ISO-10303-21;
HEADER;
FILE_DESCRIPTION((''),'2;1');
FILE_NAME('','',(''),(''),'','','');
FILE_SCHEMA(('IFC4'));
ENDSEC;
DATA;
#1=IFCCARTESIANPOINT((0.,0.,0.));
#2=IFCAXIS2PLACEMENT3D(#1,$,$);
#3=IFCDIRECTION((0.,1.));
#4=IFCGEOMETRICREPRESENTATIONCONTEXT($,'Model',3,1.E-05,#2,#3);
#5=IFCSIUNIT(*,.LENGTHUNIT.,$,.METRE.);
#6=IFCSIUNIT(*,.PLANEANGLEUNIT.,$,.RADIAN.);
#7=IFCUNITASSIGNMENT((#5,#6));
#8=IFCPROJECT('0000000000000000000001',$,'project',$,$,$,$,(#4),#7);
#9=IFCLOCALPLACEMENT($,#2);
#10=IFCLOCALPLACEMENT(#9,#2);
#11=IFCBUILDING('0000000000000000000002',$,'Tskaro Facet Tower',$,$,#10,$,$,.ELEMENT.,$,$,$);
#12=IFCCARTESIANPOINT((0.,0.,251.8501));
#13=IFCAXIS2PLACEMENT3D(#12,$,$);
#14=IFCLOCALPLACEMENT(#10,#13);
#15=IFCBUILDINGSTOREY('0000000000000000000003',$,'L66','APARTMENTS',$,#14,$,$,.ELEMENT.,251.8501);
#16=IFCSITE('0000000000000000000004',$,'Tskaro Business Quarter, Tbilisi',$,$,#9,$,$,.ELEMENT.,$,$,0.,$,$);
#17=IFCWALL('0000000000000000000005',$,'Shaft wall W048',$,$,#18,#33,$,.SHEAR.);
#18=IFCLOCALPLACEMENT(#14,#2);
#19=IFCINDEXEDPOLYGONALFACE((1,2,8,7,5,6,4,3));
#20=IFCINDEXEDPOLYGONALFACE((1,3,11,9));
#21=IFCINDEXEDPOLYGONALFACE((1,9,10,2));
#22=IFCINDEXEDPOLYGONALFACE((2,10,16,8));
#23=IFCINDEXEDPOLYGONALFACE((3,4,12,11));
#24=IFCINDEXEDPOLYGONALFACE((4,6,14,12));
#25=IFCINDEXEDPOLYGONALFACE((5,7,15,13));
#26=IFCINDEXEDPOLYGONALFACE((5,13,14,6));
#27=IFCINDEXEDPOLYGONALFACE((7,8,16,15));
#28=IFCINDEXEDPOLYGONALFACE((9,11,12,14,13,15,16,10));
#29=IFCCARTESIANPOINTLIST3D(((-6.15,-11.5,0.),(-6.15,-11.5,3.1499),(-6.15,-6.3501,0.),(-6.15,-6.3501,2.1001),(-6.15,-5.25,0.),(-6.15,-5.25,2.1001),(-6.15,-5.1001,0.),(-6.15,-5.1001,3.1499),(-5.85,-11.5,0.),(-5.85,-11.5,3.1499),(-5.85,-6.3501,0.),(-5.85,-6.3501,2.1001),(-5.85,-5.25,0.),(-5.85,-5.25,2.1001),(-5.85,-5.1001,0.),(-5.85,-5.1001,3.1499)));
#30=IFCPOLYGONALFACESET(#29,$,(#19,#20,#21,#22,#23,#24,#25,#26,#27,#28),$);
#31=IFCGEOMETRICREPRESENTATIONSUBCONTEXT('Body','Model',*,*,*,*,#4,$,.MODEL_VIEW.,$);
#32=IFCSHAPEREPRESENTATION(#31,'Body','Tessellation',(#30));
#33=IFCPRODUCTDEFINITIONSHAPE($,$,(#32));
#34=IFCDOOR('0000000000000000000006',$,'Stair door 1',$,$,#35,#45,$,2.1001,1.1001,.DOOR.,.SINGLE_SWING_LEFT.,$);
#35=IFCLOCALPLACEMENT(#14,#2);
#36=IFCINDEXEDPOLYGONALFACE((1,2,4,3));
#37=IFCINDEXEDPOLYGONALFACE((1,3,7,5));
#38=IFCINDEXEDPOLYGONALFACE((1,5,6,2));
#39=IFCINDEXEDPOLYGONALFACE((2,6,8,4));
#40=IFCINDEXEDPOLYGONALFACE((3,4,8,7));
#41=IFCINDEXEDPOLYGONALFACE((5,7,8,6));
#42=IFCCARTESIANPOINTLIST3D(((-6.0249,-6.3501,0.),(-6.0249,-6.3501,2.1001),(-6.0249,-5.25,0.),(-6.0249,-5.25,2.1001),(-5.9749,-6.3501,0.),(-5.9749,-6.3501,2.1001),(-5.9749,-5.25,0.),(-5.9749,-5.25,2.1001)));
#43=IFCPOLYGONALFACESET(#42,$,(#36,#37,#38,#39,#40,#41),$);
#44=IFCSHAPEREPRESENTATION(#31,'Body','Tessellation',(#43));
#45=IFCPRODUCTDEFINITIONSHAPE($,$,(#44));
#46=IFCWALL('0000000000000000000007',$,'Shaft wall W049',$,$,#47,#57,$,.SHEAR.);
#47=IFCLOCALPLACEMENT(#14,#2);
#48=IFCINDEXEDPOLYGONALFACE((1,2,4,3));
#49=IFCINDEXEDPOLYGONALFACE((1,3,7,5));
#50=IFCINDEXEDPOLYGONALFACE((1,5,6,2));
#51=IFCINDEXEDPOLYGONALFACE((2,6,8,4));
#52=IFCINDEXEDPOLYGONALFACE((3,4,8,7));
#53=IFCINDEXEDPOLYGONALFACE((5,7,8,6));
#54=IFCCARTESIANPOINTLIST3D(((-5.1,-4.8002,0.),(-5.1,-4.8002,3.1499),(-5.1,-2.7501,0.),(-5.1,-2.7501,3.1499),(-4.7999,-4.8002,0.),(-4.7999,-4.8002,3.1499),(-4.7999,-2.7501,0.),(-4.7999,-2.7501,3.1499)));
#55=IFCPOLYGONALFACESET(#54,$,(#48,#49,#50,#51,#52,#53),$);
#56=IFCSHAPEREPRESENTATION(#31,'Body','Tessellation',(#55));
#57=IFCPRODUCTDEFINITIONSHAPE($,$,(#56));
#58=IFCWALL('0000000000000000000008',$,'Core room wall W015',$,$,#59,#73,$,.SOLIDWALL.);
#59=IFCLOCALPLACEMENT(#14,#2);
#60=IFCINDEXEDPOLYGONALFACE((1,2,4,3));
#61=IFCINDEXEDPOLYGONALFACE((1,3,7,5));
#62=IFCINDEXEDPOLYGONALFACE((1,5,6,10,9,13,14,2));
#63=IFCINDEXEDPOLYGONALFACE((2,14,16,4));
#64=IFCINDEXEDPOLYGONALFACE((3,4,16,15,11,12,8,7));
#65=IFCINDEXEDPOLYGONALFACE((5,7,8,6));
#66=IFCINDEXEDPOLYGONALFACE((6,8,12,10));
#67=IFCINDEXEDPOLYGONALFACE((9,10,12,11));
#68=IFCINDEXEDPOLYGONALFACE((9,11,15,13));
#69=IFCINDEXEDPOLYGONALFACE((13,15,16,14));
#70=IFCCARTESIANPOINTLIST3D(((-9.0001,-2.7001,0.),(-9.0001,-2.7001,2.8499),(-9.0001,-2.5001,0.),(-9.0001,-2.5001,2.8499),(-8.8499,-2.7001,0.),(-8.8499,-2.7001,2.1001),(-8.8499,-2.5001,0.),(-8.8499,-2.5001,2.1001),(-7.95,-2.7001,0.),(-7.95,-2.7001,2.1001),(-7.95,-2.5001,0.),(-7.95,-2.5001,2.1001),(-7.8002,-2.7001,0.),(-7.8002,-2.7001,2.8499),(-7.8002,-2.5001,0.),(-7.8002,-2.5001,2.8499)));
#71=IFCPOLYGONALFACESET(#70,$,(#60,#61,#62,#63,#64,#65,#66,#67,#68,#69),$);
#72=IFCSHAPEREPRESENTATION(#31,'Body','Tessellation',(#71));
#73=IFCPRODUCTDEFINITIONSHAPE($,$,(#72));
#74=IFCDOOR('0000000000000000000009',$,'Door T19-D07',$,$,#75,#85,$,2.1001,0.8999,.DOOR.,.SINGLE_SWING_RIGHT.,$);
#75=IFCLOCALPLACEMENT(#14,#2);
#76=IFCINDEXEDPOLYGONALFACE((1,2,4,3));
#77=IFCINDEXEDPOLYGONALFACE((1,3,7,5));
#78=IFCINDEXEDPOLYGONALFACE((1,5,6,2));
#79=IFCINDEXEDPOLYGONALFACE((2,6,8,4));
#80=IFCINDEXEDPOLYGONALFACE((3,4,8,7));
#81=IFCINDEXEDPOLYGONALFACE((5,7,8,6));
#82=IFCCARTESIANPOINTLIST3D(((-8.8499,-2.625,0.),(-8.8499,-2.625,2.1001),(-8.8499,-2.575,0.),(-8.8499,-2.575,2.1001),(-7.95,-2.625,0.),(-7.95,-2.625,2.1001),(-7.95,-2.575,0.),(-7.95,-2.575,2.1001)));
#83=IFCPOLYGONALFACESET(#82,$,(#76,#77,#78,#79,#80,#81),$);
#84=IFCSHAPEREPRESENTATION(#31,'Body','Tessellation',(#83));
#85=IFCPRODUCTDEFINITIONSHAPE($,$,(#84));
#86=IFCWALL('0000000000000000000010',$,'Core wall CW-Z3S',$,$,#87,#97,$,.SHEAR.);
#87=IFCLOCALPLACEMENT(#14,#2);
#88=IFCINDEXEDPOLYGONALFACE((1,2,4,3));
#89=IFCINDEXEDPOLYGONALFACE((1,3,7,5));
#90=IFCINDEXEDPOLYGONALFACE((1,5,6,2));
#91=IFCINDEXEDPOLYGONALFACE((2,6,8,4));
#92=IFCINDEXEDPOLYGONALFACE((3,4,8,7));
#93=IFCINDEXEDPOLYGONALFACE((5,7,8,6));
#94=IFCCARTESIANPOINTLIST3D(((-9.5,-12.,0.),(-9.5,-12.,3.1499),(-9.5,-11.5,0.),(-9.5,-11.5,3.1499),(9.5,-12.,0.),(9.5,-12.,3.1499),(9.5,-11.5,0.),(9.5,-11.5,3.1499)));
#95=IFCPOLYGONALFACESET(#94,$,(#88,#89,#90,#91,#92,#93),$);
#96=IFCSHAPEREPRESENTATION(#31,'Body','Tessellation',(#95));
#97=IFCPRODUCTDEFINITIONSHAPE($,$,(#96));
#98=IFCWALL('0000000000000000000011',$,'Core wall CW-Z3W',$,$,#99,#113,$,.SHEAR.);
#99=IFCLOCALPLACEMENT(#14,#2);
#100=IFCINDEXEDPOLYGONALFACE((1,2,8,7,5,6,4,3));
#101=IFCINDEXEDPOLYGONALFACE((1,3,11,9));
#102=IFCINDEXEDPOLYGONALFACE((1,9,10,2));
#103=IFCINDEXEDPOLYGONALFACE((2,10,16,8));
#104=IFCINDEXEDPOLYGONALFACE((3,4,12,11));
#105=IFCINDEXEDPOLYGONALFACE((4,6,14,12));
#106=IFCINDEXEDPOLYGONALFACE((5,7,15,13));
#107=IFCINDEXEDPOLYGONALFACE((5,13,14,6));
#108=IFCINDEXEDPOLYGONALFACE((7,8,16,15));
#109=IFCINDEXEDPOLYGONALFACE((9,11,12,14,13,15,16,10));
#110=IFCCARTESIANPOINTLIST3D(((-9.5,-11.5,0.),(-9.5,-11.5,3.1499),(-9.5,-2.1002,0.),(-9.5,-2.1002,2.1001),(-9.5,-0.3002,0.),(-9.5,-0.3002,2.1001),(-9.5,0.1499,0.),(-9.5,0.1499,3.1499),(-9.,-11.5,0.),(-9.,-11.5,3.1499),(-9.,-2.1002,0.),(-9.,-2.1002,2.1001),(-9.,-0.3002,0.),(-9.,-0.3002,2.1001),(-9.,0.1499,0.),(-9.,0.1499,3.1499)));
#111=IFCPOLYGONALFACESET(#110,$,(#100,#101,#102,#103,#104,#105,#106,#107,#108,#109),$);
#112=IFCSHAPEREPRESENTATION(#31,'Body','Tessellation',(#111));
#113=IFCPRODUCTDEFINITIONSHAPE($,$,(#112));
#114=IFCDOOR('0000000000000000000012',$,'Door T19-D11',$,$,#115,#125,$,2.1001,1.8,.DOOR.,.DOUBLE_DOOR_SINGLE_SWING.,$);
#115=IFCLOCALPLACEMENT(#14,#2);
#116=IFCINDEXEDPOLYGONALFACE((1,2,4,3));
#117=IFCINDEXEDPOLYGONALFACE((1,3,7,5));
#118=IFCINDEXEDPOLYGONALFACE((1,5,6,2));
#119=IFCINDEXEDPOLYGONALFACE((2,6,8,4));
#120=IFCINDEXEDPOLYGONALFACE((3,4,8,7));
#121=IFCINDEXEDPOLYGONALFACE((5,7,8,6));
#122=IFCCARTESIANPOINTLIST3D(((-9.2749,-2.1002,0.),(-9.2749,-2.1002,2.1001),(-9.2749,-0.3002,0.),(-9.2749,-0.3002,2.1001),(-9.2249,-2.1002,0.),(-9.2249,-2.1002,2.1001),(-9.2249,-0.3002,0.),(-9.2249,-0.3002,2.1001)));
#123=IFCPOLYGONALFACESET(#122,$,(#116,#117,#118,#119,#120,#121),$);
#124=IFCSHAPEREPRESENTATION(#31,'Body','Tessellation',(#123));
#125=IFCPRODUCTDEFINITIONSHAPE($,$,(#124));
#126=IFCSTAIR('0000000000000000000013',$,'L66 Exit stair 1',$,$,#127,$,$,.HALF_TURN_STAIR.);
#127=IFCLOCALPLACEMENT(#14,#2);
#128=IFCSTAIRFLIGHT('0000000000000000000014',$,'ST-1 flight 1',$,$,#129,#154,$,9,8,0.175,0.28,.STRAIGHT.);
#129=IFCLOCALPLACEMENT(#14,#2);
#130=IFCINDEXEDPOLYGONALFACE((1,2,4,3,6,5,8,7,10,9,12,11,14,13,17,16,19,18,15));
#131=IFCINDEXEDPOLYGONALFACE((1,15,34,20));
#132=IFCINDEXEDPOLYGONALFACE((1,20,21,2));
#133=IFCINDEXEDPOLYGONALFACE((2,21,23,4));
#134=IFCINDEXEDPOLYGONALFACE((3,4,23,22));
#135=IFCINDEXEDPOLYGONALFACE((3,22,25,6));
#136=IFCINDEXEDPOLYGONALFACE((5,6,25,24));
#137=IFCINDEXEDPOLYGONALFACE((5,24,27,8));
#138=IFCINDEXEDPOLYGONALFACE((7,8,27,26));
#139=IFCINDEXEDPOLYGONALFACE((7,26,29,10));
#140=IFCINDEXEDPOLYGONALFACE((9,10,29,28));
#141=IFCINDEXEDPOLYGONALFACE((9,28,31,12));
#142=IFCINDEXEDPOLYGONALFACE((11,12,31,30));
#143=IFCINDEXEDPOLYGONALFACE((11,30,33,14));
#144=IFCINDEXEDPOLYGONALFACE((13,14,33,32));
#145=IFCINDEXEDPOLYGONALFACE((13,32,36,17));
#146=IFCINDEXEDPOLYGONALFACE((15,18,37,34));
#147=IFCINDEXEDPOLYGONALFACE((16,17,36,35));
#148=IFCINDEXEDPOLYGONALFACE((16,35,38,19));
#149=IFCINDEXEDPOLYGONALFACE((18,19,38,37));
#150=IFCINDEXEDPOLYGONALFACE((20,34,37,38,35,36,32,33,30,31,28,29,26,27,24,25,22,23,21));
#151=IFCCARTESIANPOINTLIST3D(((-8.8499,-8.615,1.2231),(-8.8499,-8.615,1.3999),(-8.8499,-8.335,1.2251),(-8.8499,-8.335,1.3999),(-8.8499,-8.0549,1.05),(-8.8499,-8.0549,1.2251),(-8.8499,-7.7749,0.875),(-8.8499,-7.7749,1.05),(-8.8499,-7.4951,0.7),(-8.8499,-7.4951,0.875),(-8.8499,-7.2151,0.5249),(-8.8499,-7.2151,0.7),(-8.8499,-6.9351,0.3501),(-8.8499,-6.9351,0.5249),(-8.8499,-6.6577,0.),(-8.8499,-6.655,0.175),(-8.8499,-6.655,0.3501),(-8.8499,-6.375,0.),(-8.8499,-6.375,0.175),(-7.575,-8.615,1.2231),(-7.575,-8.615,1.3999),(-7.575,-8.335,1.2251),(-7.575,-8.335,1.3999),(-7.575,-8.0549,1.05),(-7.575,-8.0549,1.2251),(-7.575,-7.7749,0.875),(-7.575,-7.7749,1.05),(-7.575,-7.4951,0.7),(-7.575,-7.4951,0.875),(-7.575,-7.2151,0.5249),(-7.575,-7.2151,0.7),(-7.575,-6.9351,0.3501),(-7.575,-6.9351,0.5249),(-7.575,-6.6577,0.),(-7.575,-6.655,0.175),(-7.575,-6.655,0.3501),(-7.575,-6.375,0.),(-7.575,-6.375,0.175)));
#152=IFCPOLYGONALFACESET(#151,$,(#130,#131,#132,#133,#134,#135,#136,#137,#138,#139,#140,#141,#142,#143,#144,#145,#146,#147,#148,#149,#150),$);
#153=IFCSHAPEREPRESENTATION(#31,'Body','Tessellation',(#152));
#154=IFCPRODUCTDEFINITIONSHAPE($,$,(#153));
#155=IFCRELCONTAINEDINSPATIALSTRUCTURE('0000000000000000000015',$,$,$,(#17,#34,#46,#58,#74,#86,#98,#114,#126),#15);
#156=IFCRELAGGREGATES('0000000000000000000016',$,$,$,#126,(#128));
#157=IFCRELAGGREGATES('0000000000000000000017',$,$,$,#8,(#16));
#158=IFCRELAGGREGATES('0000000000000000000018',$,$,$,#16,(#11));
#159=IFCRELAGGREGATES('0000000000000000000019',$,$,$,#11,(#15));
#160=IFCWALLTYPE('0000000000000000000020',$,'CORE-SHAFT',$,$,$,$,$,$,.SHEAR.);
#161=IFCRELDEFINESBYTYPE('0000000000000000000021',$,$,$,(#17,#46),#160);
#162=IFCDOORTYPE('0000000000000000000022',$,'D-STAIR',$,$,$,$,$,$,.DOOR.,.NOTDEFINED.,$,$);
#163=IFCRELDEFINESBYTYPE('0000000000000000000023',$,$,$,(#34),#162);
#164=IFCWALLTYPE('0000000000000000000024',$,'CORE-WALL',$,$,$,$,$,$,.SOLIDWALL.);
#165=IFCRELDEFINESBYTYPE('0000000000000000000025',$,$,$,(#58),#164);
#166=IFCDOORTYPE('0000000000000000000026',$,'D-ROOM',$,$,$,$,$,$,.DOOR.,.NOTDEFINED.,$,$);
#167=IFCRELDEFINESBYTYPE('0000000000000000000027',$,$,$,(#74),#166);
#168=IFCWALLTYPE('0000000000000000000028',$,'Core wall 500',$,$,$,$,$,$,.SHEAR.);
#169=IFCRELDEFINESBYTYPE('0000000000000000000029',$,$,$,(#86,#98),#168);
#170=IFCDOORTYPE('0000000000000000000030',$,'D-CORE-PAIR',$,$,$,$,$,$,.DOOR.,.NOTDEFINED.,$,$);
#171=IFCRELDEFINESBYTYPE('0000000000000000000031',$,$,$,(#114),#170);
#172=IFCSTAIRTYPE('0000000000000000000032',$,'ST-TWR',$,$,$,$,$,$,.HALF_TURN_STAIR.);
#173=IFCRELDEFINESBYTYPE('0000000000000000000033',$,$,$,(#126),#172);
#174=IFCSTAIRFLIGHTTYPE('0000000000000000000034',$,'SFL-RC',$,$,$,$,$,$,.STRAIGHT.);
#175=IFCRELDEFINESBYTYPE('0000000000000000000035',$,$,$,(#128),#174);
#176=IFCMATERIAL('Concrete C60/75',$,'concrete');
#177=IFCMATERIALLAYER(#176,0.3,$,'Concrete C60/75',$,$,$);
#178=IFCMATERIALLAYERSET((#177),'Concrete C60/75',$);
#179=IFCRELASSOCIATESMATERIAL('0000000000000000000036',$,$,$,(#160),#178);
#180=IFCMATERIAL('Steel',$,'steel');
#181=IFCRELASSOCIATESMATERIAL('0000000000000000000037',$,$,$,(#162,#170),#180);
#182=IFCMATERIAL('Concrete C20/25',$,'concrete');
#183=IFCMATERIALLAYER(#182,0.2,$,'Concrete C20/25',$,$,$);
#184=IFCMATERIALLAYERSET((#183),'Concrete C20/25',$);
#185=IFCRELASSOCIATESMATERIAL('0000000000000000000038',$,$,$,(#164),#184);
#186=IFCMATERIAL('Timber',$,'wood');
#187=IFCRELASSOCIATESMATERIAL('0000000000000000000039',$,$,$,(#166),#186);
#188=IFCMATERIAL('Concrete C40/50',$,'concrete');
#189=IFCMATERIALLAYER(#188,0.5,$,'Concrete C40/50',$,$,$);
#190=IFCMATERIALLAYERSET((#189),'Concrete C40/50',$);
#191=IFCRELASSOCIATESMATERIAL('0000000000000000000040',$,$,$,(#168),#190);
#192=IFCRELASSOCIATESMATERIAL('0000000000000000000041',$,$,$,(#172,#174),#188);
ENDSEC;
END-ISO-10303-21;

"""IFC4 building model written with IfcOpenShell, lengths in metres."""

from ifc_helpers import new_model, si_unit, direction, frame, frame_2d, origin, place, context, subcontext, project, spatial, polyline, rectangle, outline, extrude, material, layer, layer_set, type_object, element, fill, aggregate, save


model = new_model("IFC4")

# Units and contexts
model_context = context("Model", 3, precision=1e-05, world=origin(), true_north=direction((0.0, 1.0)))
body_context = subcontext(model_context, "Body", "Model", "MODEL_VIEW")
ifc_project = project(units=[si_unit("LENGTHUNIT", "METRE"), si_unit("PLANEANGLEUNIT", "RADIAN")], contexts=[model_context])

# Site, building, storey
site_placement = place(None, origin())
site = spatial("IfcSite", under=ifc_project, at=site_placement, Name="Tskaro Business Quarter, Tbilisi", CompositionType="ELEMENT", RefElevation=0.0)
building_placement = place(site_placement, origin())
building = spatial("IfcBuilding", under=site, at=building_placement, Name="Tskaro Facet Tower", CompositionType="ELEMENT")
storey_placement = place(building_placement, frame((0.0, 0.0, 251.8501)))
storey = spatial("IfcBuildingStorey", under=building, at=storey_placement, Name="L66", Description="APARTMENTS", CompositionType="ELEMENT", Elevation=251.8501)

# Shared definitions
ifc_material_1 = material(Name="Concrete C60/75", Category="concrete")
ifc_layer_1 = layer(ifc_material_1, 0.3, Name="Concrete C60/75")
ifc_layer_set_1 = layer_set([ifc_layer_1], Name="Concrete C60/75")
wall_type_1 = type_object("IfcWallType", Name="CORE-SHAFT", PredefinedType="SHEAR", material=ifc_layer_set_1)

# Wall, opening, door
wall_1_placement = place(storey_placement, frame((-6.0, -11.5, 0.0), z_axis=(0.0, 0.0, 1.0), x_axis=(0.0, 1.0, 0.0)))
wall_1 = element("IfcWall", 1, at=wall_1_placement, inside=storey, type_object=wall_type_1, Name="Shaft wall W048", PredefinedType="SHEAR", context=body_context, shape_type="SweptSolid", body=[
    extrude(rectangle(XDim=6.3999, YDim=0.3, at=frame_2d((3.2, 0.0))), origin(), (0.0, 0.0, 1.0), 3.1499),
])
opening_1_placement = place(wall_1_placement, frame((5.1499, 0.0, 0.0)))
opening_1 = element("IfcOpeningElement", 2, at=opening_1_placement, cuts=wall_1, PredefinedType="OPENING", context=body_context, shape_type="SweptSolid", body=[
    extrude(rectangle(XDim=1.1001, YDim=2.1001, at=frame_2d((0.55, 1.05))), frame((0.0, 0.1599, 0.0), z_axis=(0.0, -1.0, 0.0), x_axis=(1.0, 0.0, 0.0)), (0.0, 0.0, 1.0), 0.3201),
])
ifc_material_2 = material(Name="Steel", Category="steel")
door_type_1 = type_object("IfcDoorType", Name="D-STAIR", OperationType="NOTDEFINED", PredefinedType="DOOR", material=ifc_material_2)
door_1_placement = place(opening_1_placement, origin())
door_1 = element("IfcDoor", 3, at=door_1_placement, inside=storey, type_object=door_type_1, Name="Stair door 1", OperationType="SINGLE_SWING_LEFT", OverallHeight=2.1001, OverallWidth=1.1001, PredefinedType="DOOR", context=body_context, shape_type="SweptSolid", body=[
    extrude(rectangle(XDim=1.1001, YDim=2.1001, at=frame_2d((0.55, 1.05))), frame((0.0, 0.0249, 0.0), z_axis=(0.0, -1.0, 0.0), x_axis=(1.0, 0.0, 0.0)), (0.0, 0.0, 1.0), 0.05),
])
fill(opening_1, door_1)

# Wall
wall_2_placement = place(storey_placement, frame((-4.95, -4.8, 0.0), z_axis=(0.0, 0.0, 1.0), x_axis=(0.0, 1.0, 0.0)))
element("IfcWall", 4, at=wall_2_placement, inside=storey, type_object=wall_type_1, Name="Shaft wall W049", PredefinedType="SHEAR", context=body_context, shape_type="SweptSolid", body=[
    extrude(rectangle(XDim=2.05, YDim=0.3, at=frame_2d((1.0249, 0.0))), origin(), (0.0, 0.0, 1.0), 3.1499),
])

# Wall, opening, door
ifc_material_3 = material(Name="Concrete C20/25", Category="concrete")
ifc_layer_2 = layer(ifc_material_3, 0.2, Name="Concrete C20/25")
ifc_layer_set_2 = layer_set([ifc_layer_2], Name="Concrete C20/25")
wall_type_2 = type_object("IfcWallType", Name="CORE-WALL", PredefinedType="SOLIDWALL", material=ifc_layer_set_2)
wall_3_placement = place(storey_placement, frame((-7.8, -2.6001, 0.0), z_axis=(0.0, 0.0, 1.0), x_axis=(-1.0, 0.0, 0.0)))
wall_3 = element("IfcWall", 5, at=wall_3_placement, inside=storey, type_object=wall_type_2, Name="Core room wall W015", PredefinedType="SOLIDWALL", context=body_context, shape_type="SweptSolid", body=[
    extrude(rectangle(XDim=1.2, YDim=0.2, at=frame_2d((0.6001, 0.0))), origin(), (0.0, 0.0, 1.0), 2.8499),
])
opening_2_placement = place(wall_3_placement, frame((0.1499, 0.0, 0.0)))
opening_2 = element("IfcOpeningElement", 6, at=opening_2_placement, cuts=wall_3, PredefinedType="OPENING", context=body_context, shape_type="SweptSolid", body=[
    extrude(rectangle(XDim=0.8999, YDim=2.1001, at=frame_2d((0.45, 1.05))), frame((0.0, 0.1099, 0.0), z_axis=(0.0, -1.0, 0.0), x_axis=(1.0, 0.0, 0.0)), (0.0, 0.0, 1.0), 0.22),
])
ifc_material_4 = material(Name="Timber", Category="wood")
door_type_2 = type_object("IfcDoorType", Name="D-ROOM", OperationType="NOTDEFINED", PredefinedType="DOOR", material=ifc_material_4)
door_2_placement = place(opening_2_placement, origin())
door_2 = element("IfcDoor", 7, at=door_2_placement, inside=storey, type_object=door_type_2, Name="Door T19-D07", OperationType="SINGLE_SWING_RIGHT", OverallHeight=2.1001, OverallWidth=0.8999, PredefinedType="DOOR", context=body_context, shape_type="SweptSolid", body=[
    extrude(rectangle(XDim=0.8999, YDim=2.1001, at=frame_2d((0.45, 1.05))), frame((0.0, 0.0249, 0.0), z_axis=(0.0, -1.0, 0.0), x_axis=(1.0, 0.0, 0.0)), (0.0, 0.0, 1.0), 0.05),
])
fill(opening_2, door_2)

# Wall
ifc_material_5 = material(Name="Concrete C40/50", Category="concrete")
ifc_layer_3 = layer(ifc_material_5, 0.5, Name="Concrete C40/50")
ifc_layer_set_3 = layer_set([ifc_layer_3], Name="Concrete C40/50")
wall_type_3 = type_object("IfcWallType", Name="Core wall 500", PredefinedType="SHEAR", material=ifc_layer_set_3)
wall_4_placement = place(storey_placement, frame((-9.5, -11.75, 0.0), z_axis=(0.0, 0.0, 1.0), x_axis=(1.0, 0.0, 0.0)))
element("IfcWall", 8, at=wall_4_placement, inside=storey, type_object=wall_type_3, Name="Core wall CW-Z3S", PredefinedType="SHEAR", context=body_context, shape_type="SweptSolid", body=[
    extrude(rectangle(XDim=19.0, YDim=0.5, at=frame_2d((9.5, 0.0))), origin(), (0.0, 0.0, 1.0), 3.1499),
])

# Wall, opening, door
wall_5_placement = place(storey_placement, frame((-9.25, -11.5, 0.0), z_axis=(0.0, 0.0, 1.0), x_axis=(0.0, 1.0, 0.0)))
wall_5 = element("IfcWall", 9, at=wall_5_placement, inside=storey, type_object=wall_type_3, Name="Core wall CW-Z3W", PredefinedType="SHEAR", context=body_context, shape_type="SweptSolid", body=[
    extrude(rectangle(XDim=11.6499, YDim=0.5, at=frame_2d((5.825, 0.0))), origin(), (0.0, 0.0, 1.0), 3.1499),
])
opening_3_placement = place(wall_5_placement, frame((9.3999, 0.0, 0.0)))
opening_3 = element("IfcOpeningElement", 10, at=opening_3_placement, cuts=wall_5, PredefinedType="OPENING", context=body_context, shape_type="SweptSolid", body=[
    extrude(rectangle(XDim=1.8, YDim=2.1001, at=frame_2d((0.8999, 1.05))), frame((0.0, 0.26, 0.0), z_axis=(0.0, -1.0, 0.0), x_axis=(1.0, 0.0, 0.0)), (0.0, 0.0, 1.0), 0.52),
])
door_type_3 = type_object("IfcDoorType", Name="D-CORE-PAIR", OperationType="NOTDEFINED", PredefinedType="DOOR", material=ifc_material_2)
door_3_placement = place(opening_3_placement, origin())
door_3 = element("IfcDoor", 11, at=door_3_placement, inside=storey, type_object=door_type_3, Name="Door T19-D11", OperationType="DOUBLE_DOOR_SINGLE_SWING", OverallHeight=2.1001, OverallWidth=1.8, PredefinedType="DOOR", context=body_context, shape_type="SweptSolid", body=[
    extrude(rectangle(XDim=1.8, YDim=2.1001, at=frame_2d((0.8999, 1.05))), frame((0.0, 0.0249, 0.0), z_axis=(0.0, -1.0, 0.0), x_axis=(1.0, 0.0, 0.0)), (0.0, 0.0, 1.0), 0.05),
])
fill(opening_3, door_3)

# Stair, stair flight
stair_type = type_object("IfcStairType", Name="ST-TWR", PredefinedType="HALF_TURN_STAIR", material=ifc_material_5)
stair_placement = place(storey_placement, origin())
stair = element("IfcStair", 12, at=stair_placement, inside=storey, type_object=stair_type, Name="L66 Exit stair 1", PredefinedType="HALF_TURN_STAIR")
stair_flight_type = type_object("IfcStairFlightType", Name="SFL-RC", PredefinedType="STRAIGHT", material=ifc_material_5)
stair_flight_1_placement = place(storey_placement, frame((-8.2124, -6.375, 0.0), z_axis=(0.0, 0.0, 1.0), x_axis=(0.0, -1.0, 0.0)))
stair_flight_1 = element("IfcStairFlight", 13, at=stair_flight_1_placement, type_object=stair_flight_type, Name="ST-1 flight 1", NumberOfRisers=9, NumberOfTreads=8, PredefinedType="STRAIGHT", RiserHeight=0.175, TreadLength=0.28, context=body_context, shape_type="SweptSolid", body=[
    extrude(outline(polyline([(0.0, 0.0), (0.0, 0.175), (0.28, 0.175), (0.28, 0.3501), (0.5601, 0.3501), (0.5601, 0.5249), (0.8401, 0.5249), (0.8401, 0.7), (1.1201, 0.7), (1.1201, 0.875), (1.3999, 0.875), (1.3999, 1.05), (1.6799, 1.05), (1.6799, 1.2251), (1.96, 1.2251), (1.96, 1.3999), (2.24, 1.3999), (2.24, 1.575), (2.24, 1.2231), (0.2827, 0.0), (0.0, 0.0)])), frame((0.0, 0.6375, 0.0), z_axis=(0.0, -1.0, 0.0), x_axis=(1.0, 0.0, 0.0)), (0.0, 0.0, 1.0), 1.2749),
])
aggregate(stair, [stair_flight_1])

save(model, "model.ifc")
